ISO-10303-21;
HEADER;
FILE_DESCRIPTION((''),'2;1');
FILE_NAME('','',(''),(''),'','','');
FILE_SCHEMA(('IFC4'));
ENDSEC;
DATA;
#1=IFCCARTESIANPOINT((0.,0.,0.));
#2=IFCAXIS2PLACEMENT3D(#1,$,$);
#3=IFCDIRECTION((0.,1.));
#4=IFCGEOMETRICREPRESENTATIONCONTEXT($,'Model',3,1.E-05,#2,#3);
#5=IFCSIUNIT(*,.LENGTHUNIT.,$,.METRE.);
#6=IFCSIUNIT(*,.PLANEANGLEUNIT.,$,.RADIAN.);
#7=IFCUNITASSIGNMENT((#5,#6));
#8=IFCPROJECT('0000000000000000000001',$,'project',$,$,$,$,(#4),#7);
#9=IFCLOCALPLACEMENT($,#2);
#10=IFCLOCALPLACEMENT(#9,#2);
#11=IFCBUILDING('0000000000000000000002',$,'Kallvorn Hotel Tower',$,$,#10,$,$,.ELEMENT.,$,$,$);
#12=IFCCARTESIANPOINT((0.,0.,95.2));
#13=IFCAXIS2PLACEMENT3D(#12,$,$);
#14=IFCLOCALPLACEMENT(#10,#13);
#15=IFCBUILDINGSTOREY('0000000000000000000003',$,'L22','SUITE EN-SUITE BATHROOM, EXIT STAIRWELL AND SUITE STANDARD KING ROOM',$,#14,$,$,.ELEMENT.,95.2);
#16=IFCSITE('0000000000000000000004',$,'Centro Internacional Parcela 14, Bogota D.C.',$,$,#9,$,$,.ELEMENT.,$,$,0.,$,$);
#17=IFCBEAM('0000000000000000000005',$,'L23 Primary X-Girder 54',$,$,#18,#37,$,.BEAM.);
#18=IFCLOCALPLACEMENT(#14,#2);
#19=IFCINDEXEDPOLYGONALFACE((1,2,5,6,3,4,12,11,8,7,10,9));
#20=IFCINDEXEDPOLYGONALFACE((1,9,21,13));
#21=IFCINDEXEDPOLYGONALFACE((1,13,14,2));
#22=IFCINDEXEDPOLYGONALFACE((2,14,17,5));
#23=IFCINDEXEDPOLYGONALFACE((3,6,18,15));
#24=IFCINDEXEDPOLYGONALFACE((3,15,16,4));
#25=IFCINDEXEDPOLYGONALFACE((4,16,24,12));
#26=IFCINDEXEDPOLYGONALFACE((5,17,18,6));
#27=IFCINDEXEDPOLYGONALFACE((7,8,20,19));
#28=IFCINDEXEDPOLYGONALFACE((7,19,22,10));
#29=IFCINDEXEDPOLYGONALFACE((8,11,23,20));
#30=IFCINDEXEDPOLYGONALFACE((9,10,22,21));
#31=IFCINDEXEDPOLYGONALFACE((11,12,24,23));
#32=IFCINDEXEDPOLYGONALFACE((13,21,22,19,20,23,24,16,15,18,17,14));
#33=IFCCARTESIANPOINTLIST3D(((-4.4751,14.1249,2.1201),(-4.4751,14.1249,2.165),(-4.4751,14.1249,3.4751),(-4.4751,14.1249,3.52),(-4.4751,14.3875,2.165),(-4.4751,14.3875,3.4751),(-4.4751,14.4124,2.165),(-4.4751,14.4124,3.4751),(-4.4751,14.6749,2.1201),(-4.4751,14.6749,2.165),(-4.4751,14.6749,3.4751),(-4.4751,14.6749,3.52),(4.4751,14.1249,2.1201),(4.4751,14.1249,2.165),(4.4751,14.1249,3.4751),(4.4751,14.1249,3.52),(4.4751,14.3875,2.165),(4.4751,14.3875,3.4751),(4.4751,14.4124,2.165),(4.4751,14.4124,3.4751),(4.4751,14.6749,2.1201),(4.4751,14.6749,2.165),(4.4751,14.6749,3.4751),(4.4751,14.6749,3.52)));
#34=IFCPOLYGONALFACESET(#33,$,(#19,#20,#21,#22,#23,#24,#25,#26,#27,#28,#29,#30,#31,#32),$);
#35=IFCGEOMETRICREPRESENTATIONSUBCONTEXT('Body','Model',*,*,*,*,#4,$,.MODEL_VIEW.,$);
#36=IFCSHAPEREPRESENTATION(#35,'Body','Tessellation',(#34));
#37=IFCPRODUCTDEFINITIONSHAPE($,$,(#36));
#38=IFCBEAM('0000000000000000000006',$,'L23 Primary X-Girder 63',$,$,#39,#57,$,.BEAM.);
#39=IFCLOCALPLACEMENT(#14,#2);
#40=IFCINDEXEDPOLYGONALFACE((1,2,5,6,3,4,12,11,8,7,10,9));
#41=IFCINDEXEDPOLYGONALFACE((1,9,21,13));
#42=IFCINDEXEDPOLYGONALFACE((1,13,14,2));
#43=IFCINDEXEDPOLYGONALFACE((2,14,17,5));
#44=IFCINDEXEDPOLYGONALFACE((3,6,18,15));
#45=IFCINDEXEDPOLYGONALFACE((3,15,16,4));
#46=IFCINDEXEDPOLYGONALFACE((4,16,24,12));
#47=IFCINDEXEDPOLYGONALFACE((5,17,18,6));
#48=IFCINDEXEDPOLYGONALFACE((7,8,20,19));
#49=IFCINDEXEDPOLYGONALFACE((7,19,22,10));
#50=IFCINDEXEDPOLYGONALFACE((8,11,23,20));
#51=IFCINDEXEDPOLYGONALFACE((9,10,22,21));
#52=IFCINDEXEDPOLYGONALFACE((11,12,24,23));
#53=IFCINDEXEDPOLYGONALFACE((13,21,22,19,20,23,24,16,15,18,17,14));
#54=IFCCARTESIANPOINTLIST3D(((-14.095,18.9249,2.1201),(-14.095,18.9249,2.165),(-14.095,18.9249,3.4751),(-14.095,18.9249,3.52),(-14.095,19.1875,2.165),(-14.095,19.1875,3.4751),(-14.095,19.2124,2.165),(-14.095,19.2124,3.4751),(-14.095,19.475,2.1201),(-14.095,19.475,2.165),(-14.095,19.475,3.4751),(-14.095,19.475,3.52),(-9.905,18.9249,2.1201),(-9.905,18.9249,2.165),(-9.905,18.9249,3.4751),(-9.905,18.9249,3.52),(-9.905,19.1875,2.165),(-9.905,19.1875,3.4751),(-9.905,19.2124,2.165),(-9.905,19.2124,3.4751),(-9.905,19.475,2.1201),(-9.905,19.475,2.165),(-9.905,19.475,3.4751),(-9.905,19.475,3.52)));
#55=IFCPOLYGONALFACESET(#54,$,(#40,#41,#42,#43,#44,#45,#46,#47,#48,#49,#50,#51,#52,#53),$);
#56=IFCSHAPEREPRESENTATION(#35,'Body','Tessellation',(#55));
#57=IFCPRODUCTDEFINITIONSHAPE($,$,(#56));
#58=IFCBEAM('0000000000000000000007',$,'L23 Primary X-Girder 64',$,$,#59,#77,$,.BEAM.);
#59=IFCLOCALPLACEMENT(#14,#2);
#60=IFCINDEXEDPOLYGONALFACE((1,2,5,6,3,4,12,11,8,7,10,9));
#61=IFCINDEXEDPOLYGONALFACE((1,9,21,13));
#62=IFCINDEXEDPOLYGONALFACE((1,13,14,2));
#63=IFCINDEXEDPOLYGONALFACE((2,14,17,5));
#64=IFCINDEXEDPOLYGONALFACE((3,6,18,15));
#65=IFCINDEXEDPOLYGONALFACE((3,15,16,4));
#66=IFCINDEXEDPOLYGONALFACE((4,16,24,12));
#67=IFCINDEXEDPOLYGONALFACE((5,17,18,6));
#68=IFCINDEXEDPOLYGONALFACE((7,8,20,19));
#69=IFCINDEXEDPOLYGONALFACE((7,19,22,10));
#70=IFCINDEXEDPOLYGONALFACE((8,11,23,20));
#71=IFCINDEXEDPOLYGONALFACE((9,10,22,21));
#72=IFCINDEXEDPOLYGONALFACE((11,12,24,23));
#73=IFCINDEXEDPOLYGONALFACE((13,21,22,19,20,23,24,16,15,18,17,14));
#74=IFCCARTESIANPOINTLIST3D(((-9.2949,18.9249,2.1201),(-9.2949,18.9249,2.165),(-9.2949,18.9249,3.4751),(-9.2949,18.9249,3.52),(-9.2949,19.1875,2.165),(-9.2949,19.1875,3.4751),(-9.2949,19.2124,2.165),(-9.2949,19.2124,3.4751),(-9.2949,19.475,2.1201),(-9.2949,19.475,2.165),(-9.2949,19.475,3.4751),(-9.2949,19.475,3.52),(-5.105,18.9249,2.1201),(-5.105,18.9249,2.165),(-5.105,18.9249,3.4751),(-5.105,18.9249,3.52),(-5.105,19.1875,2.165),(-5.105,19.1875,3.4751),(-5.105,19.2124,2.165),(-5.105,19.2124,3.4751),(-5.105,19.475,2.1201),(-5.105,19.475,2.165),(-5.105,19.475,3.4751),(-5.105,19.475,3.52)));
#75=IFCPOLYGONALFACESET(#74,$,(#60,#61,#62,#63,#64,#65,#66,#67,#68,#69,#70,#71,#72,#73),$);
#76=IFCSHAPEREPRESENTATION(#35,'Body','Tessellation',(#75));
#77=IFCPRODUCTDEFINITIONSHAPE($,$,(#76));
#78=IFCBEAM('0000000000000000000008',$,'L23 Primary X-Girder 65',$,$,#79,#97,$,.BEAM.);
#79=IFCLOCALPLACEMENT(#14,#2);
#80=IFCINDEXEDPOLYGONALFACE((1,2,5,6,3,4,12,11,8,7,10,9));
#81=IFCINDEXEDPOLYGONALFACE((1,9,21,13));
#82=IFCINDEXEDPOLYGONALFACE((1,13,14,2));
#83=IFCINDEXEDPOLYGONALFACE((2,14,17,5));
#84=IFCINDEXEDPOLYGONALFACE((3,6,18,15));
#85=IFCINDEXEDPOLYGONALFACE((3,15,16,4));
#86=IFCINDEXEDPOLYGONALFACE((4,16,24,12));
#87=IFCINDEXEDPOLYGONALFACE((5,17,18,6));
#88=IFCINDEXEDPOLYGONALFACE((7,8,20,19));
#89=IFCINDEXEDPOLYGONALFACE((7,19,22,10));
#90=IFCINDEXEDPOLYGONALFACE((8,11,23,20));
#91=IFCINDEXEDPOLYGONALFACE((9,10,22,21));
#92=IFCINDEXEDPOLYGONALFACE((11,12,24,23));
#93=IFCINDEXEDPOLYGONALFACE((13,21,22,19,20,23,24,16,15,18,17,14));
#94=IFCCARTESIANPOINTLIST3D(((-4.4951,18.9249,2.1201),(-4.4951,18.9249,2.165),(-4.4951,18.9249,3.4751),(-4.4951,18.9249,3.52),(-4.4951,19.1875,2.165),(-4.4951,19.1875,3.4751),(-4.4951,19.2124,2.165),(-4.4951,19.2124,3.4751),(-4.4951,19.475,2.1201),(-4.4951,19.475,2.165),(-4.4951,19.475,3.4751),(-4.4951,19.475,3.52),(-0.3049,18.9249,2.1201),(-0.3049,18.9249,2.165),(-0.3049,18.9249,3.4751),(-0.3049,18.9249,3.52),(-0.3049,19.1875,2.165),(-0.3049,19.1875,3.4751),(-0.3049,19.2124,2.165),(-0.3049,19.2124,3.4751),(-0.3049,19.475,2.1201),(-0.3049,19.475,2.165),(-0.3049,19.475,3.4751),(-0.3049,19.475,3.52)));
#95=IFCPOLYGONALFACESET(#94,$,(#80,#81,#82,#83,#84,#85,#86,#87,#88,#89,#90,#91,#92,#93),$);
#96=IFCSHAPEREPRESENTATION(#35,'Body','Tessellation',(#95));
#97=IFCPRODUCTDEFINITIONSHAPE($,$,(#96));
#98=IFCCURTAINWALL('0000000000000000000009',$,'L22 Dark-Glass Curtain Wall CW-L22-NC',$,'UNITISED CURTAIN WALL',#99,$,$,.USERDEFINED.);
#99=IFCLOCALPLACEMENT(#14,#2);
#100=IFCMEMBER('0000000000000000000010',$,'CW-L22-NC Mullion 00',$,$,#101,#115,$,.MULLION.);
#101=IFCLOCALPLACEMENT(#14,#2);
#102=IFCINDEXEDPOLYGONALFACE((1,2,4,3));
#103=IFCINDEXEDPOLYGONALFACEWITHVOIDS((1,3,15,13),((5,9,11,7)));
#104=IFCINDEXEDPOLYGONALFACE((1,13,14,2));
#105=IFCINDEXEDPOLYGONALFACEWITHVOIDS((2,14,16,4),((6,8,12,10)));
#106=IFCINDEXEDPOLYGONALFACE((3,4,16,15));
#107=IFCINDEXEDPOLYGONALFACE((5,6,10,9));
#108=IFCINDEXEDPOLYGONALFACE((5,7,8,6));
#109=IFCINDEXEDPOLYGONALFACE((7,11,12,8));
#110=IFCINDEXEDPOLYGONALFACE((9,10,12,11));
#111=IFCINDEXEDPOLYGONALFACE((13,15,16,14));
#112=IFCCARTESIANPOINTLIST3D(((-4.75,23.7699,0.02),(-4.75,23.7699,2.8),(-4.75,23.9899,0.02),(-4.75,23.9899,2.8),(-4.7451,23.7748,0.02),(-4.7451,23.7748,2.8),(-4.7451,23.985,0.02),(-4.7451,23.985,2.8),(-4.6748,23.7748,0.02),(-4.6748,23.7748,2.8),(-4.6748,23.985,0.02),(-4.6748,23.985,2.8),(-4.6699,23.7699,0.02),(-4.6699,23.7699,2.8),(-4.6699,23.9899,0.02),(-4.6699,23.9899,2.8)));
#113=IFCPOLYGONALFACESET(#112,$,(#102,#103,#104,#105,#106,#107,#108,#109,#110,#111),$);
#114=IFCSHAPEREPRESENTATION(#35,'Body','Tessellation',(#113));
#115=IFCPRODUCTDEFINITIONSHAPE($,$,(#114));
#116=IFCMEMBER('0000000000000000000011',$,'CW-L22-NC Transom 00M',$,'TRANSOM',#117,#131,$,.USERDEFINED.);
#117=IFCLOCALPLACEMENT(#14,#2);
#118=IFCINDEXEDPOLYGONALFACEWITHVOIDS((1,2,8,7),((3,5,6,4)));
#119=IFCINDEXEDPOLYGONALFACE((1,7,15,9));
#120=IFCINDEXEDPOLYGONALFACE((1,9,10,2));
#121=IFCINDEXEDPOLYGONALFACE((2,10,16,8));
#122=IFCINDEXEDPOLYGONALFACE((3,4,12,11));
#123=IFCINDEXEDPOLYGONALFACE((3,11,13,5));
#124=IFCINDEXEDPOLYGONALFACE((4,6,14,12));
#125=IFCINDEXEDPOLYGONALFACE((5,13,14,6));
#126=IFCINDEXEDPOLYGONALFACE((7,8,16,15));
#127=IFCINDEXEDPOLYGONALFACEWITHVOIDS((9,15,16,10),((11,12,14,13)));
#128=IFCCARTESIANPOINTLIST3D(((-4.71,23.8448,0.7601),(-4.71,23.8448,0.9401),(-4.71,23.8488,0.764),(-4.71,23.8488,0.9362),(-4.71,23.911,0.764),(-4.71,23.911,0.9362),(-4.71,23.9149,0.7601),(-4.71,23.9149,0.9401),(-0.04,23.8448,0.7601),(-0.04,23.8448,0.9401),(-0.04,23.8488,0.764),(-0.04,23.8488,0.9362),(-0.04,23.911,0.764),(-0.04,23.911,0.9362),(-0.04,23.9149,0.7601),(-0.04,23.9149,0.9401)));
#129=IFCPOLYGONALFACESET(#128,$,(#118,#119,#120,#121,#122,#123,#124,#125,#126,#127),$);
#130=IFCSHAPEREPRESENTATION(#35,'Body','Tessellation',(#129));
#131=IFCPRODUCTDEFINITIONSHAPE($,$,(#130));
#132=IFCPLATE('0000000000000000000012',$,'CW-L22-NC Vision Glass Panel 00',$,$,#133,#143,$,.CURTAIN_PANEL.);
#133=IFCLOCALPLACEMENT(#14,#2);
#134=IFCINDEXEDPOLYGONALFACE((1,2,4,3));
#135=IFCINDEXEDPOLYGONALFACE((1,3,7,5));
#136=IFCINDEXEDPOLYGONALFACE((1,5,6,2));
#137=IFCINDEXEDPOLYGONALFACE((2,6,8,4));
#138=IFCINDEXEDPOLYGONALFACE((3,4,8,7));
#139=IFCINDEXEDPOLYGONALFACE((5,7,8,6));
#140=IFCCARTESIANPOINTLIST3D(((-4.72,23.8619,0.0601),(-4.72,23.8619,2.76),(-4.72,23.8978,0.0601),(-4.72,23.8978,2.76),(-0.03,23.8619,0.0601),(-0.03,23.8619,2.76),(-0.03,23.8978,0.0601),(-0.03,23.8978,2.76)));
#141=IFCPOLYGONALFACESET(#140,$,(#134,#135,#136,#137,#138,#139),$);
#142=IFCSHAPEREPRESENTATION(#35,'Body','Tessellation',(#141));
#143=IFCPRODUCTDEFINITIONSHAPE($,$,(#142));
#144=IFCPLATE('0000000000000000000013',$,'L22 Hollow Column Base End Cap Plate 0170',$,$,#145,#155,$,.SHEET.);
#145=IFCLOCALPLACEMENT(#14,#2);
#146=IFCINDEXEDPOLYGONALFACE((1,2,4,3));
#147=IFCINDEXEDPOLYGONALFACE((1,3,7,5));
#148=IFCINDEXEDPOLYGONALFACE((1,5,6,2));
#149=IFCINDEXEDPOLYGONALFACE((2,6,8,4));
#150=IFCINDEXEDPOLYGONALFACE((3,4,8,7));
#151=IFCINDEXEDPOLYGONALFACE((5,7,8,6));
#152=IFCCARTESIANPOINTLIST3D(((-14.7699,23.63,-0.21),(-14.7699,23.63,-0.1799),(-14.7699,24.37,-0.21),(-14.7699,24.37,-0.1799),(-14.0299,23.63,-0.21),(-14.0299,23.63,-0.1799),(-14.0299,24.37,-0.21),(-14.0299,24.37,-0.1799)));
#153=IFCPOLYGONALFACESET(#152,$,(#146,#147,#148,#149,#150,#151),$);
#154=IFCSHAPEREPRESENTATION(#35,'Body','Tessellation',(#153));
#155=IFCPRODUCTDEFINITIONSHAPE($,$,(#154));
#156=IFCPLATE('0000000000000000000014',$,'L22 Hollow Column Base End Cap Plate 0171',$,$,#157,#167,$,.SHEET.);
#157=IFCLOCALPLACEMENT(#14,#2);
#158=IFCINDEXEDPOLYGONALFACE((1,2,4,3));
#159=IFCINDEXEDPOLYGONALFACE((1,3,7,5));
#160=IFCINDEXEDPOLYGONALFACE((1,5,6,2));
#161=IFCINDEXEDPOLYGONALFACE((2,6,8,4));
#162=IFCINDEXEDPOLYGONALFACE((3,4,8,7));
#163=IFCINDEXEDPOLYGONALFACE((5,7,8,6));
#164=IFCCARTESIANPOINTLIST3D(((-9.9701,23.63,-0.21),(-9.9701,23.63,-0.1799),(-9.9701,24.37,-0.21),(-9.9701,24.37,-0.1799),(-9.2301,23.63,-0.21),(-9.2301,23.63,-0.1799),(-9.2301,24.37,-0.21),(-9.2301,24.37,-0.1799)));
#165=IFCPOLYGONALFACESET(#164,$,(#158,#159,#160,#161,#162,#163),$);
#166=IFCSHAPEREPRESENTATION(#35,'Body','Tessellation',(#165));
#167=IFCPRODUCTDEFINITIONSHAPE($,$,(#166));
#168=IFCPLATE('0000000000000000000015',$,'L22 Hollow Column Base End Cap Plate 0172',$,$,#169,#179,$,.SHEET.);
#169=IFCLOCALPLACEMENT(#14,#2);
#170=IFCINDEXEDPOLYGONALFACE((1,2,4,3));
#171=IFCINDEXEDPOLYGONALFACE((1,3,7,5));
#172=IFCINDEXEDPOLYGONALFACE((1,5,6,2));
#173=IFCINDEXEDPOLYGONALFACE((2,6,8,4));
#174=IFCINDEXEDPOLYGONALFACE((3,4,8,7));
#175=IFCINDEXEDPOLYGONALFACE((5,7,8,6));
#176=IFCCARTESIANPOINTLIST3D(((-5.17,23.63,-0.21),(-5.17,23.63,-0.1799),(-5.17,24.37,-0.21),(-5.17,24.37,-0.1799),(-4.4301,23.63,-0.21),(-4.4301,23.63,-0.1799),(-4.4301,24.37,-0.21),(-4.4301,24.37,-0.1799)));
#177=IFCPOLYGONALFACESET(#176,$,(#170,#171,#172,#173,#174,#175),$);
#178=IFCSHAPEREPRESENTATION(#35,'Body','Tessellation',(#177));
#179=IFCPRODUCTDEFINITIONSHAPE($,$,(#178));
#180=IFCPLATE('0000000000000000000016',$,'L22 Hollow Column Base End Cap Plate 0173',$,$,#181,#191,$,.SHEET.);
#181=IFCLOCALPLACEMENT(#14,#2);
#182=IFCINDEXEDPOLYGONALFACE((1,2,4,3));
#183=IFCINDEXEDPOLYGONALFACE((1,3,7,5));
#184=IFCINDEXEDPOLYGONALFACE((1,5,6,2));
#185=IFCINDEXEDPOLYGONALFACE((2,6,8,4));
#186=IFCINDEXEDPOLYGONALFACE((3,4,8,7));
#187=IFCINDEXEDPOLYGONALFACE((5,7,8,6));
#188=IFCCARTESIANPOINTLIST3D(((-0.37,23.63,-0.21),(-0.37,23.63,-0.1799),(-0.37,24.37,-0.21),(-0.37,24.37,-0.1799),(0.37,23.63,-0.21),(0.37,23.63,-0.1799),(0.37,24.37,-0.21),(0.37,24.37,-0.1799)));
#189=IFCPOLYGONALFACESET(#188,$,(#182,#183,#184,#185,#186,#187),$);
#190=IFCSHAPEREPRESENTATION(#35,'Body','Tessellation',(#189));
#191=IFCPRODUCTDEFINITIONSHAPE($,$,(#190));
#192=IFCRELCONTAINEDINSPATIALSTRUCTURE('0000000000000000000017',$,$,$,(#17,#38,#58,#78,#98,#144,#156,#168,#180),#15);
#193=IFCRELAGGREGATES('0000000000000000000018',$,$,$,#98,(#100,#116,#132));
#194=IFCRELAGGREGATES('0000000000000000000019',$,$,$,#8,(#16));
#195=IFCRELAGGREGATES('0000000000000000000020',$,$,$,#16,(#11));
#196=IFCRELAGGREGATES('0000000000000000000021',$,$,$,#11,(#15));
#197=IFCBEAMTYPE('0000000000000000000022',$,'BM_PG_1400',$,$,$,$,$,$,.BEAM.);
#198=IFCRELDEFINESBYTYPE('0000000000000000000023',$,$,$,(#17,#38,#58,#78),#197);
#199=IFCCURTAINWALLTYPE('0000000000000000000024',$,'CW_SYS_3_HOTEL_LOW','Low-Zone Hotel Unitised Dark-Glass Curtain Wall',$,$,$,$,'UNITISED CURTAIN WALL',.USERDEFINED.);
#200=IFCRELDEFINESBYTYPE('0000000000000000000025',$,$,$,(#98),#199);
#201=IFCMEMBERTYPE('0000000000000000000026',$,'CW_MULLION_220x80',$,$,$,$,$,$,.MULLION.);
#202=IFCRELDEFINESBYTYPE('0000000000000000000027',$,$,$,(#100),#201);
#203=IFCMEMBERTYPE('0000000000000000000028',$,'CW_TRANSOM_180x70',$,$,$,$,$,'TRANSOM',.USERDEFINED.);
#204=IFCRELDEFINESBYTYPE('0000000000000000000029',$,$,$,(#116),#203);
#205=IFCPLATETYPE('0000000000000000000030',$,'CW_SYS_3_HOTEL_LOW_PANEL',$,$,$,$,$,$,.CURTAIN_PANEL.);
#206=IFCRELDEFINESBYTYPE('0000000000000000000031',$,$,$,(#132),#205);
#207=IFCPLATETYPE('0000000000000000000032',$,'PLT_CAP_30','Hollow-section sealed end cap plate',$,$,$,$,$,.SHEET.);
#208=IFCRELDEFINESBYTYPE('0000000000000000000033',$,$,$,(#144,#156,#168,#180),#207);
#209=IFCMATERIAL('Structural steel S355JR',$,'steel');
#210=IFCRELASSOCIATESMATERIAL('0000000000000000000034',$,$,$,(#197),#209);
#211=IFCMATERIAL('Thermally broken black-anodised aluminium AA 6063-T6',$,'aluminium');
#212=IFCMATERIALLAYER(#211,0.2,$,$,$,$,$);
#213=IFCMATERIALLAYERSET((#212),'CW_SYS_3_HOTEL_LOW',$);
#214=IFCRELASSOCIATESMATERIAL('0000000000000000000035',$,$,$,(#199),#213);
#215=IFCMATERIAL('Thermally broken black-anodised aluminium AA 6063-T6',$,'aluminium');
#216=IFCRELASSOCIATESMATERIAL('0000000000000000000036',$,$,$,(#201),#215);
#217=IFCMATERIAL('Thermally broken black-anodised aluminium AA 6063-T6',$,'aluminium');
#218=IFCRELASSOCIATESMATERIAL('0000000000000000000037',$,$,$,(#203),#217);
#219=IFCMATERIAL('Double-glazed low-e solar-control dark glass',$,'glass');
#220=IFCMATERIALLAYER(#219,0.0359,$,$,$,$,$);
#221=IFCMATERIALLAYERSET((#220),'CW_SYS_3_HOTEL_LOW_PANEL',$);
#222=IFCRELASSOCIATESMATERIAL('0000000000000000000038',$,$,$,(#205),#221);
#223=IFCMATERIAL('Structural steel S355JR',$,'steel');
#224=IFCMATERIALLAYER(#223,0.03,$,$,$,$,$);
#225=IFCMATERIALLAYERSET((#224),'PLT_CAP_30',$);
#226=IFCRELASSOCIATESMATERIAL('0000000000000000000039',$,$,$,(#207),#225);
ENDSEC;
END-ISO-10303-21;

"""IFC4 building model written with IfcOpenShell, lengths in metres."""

from ifc_helpers import new_model, si_unit, direction, frame, origin, origin_2d, place, context, subcontext, project, spatial, rectangle, hollow_rectangle, i_section, extrude, material, layer, layer_set, material_profile, profile_set, type_object, element, aggregate, save


model = new_model("IFC4")

# Units and contexts
model_context = context("Model", 3, precision=1e-05, world=origin(), true_north=direction((0.0, 1.0)))
body_context = subcontext(model_context, "Body", "Model", "MODEL_VIEW")
ifc_project = project(units=[si_unit("LENGTHUNIT", "METRE"), si_unit("PLANEANGLEUNIT", "RADIAN")], contexts=[model_context])

# Site, building, storey
site_placement = place(None, origin())
site = spatial("IfcSite", under=ifc_project, at=site_placement, Name="Centro Internacional Parcela 14, Bogota D.C.", CompositionType="ELEMENT", RefElevation=0.0)
building_placement = place(site_placement, origin())
building = spatial("IfcBuilding", under=site, at=building_placement, Name="Kallvorn Hotel Tower", CompositionType="ELEMENT")
storey_placement = place(building_placement, frame((0.0, 0.0, 95.2)))
storey = spatial("IfcBuildingStorey", under=building, at=storey_placement, Name="L22", Description="SUITE EN-SUITE BATHROOM, EXIT STAIRWELL AND SUITE STANDARD KING ROOM", CompositionType="ELEMENT", Elevation=95.2)

# Beams
ifc_material_1 = material(Name="Structural steel S355JR", Category="steel")
ifc_material_profile_1 = material_profile(ifc_material_1, i_section(OverallWidth=0.55, OverallDepth=1.3999, WebThickness=0.0249, FlangeThickness=0.0449, at=origin_2d()), Name="PG 1400x550x25x45")
ifc_profile_set_1 = profile_set([ifc_material_profile_1], Name="Structural steel S355JR")
beam_type_1 = type_object("IfcBeamType", Name="BM_PG_1400", PredefinedType="BEAM", material=ifc_profile_set_1)
beam_1_placement = place(storey_placement, frame((-4.4751, 14.3999, 2.8201), z_axis=(1.0, 0.0, 0.0), x_axis=(0.0, 1.0, 0.0)))
element("IfcBeam", 1, at=beam_1_placement, inside=storey, type_object=beam_type_1, Name="L23 Primary X-Girder 54", PredefinedType="BEAM", context=body_context, shape_type="SweptSolid", body=[
    extrude(i_section(OverallWidth=0.55, OverallDepth=1.3999, WebThickness=0.0249, FlangeThickness=0.0449, at=origin_2d()), origin(), (0.0, 0.0, 1.0), 8.9502),
])
for number, where, z_axis, x_axis, name in (
    (2, (-14.095, 19.2, 2.8201), (1.0, 0.0, 0.0), (0.0, 1.0, 0.0), "L23 Primary X-Girder 63"),
    (3, (-9.2949, 19.2, 2.8201), (1.0, 0.0, 0.0), (0.0, 1.0, 0.0), "L23 Primary X-Girder 64"),
):
    element("IfcBeam", number, at=place(storey_placement, frame(where, z_axis=z_axis, x_axis=x_axis)), inside=storey, type_object=beam_type_1, Name=name, PredefinedType="BEAM", context=body_context, shape_type="SweptSolid", body=[
        extrude(i_section(OverallWidth=0.55, OverallDepth=1.3999, WebThickness=0.0249, FlangeThickness=0.0449, at=origin_2d()), origin(), (0.0, 0.0, 1.0), 4.1899),
    ])
beam_2_placement = place(storey_placement, frame((-4.4951, 19.2, 2.8201), z_axis=(1.0, 0.0, 0.0), x_axis=(0.0, 1.0, 0.0)))
element("IfcBeam", 4, at=beam_2_placement, inside=storey, type_object=beam_type_1, Name="L23 Primary X-Girder 65", PredefinedType="BEAM", context=body_context, shape_type="SweptSolid", body=[
    extrude(i_section(OverallWidth=0.55, OverallDepth=1.3999, WebThickness=0.0249, FlangeThickness=0.0449, at=origin_2d()), origin(), (0.0, 0.0, 1.0), 4.1902),
])

# Curtain wall, members, plate
ifc_material_2 = material(Name="Thermally broken black-anodised aluminium AA 6063-T6", Category="aluminium")
ifc_layer_1 = layer(ifc_material_2, 0.2)
ifc_layer_set_1 = layer_set([ifc_layer_1], Name="CW_SYS_3_HOTEL_LOW")
curtain_wall_type = type_object("IfcCurtainWallType", Name="CW_SYS_3_HOTEL_LOW", Description="Low-Zone Hotel Unitised Dark-Glass Curtain Wall", ElementType="UNITISED CURTAIN WALL", PredefinedType="USERDEFINED", material=ifc_layer_set_1)
curtain_wall_placement = place(storey_placement, origin())
curtain_wall = element("IfcCurtainWall", 5, at=curtain_wall_placement, inside=storey, type_object=curtain_wall_type, Name="L22 Dark-Glass Curtain Wall CW-L22-NC", ObjectType="UNITISED CURTAIN WALL", PredefinedType="USERDEFINED")
ifc_material_3 = material(Name="Thermally broken black-anodised aluminium AA 6063-T6", Category="aluminium")
ifc_material_profile_2 = material_profile(ifc_material_3, hollow_rectangle(XDim=0.0801, YDim=0.22, WallThickness=0.0049, at=origin_2d()), Name="MUL 220x80")
ifc_profile_set_2 = profile_set([ifc_material_profile_2], Name="Thermally broken black-anodised aluminium AA 6063-T6")
member_type_1 = type_object("IfcMemberType", Name="CW_MULLION_220x80", PredefinedType="MULLION", material=ifc_profile_set_2)
member_1_placement = place(storey_placement, frame((-4.71, 23.8799, 0.02), z_axis=(0.0, 0.0, 1.0), x_axis=(1.0, 0.0, 0.0)))
member_1 = element("IfcMember", 6, at=member_1_placement, type_object=member_type_1, Name="CW-L22-NC Mullion 00", PredefinedType="MULLION", context=body_context, shape_type="SweptSolid", body=[
    extrude(hollow_rectangle(XDim=0.0801, YDim=0.22, WallThickness=0.0049, at=origin_2d()), origin(), (0.0, 0.0, 1.0), 2.78),
])
ifc_material_4 = material(Name="Thermally broken black-anodised aluminium AA 6063-T6", Category="aluminium")
ifc_material_profile_3 = material_profile(ifc_material_4, hollow_rectangle(XDim=0.0701, YDim=0.1799, WallThickness=0.0039, at=origin_2d()), Name="TRN 180x70")
ifc_profile_set_3 = profile_set([ifc_material_profile_3], Name="Thermally broken black-anodised aluminium AA 6063-T6")
member_type_2 = type_object("IfcMemberType", Name="CW_TRANSOM_180x70", ElementType="TRANSOM", PredefinedType="USERDEFINED", material=ifc_profile_set_3)
member_2_placement = place(storey_placement, frame((-4.71, 23.8799, 0.8501), z_axis=(1.0, 0.0, 0.0), x_axis=(0.0, 1.0, 0.0)))
member_2 = element("IfcMember", 7, at=member_2_placement, type_object=member_type_2, Name="CW-L22-NC Transom 00M", ObjectType="TRANSOM", PredefinedType="USERDEFINED", context=body_context, shape_type="SweptSolid", body=[
    extrude(hollow_rectangle(XDim=0.0701, YDim=0.1799, WallThickness=0.0039, at=origin_2d()), origin(), (0.0, 0.0, 1.0), 4.6699),
])
ifc_material_5 = material(Name="Double-glazed low-e solar-control dark glass", Category="glass")
ifc_layer_2 = layer(ifc_material_5, 0.0359)
ifc_layer_set_2 = layer_set([ifc_layer_2], Name="CW_SYS_3_HOTEL_LOW_PANEL")
plate_type_1 = type_object("IfcPlateType", Name="CW_SYS_3_HOTEL_LOW_PANEL", PredefinedType="CURTAIN_PANEL", material=ifc_layer_set_2)
plate_placement = place(storey_placement, frame((-2.375, 23.8799, 0.0601), z_axis=(0.0, 0.0, 1.0), x_axis=(1.0, 0.0, 0.0)))
plate = element("IfcPlate", 8, at=plate_placement, type_object=plate_type_1, Name="CW-L22-NC Vision Glass Panel 00", PredefinedType="CURTAIN_PANEL", context=body_context, shape_type="SweptSolid", body=[
    extrude(rectangle(XDim=4.6899, YDim=0.0359, at=origin_2d()), origin(), (0.0, 0.0, 1.0), 2.7),
])
aggregate(curtain_wall, [member_1, member_2, plate])

# Plates
ifc_material_6 = material(Name="Structural steel S355JR", Category="steel")
ifc_layer_3 = layer(ifc_material_6, 0.03)
ifc_layer_set_3 = layer_set([ifc_layer_3], Name="PLT_CAP_30")
plate_type_2 = type_object("IfcPlateType", Name="PLT_CAP_30", Description="Hollow-section sealed end cap plate", PredefinedType="SHEET", material=ifc_layer_set_3)
for number, where, z_axis, x_axis, name in (
    (9, (-14.3999, 24.0, -0.21), (0.0, 0.0, 1.0), (1.0, 0.0, 0.0), "L22 Hollow Column Base End Cap Plate 0170"),
    (10, (-9.6001, 24.0, -0.21), (0.0, 0.0, 1.0), (1.0, 0.0, 0.0), "L22 Hollow Column Base End Cap Plate 0171"),
    (11, (-4.8, 24.0, -0.21), (0.0, 0.0, 1.0), (1.0, 0.0, 0.0), "L22 Hollow Column Base End Cap Plate 0172"),
    (12, (0.0, 24.0, -0.21), (0.0, 0.0, 1.0), (1.0, 0.0, 0.0), "L22 Hollow Column Base End Cap Plate 0173"),
):
    element("IfcPlate", number, at=place(storey_placement, frame(where, z_axis=z_axis, x_axis=x_axis)), inside=storey, type_object=plate_type_2, Name=name, PredefinedType="SHEET", context=body_context, shape_type="SweptSolid", body=[
        extrude(rectangle(XDim=0.74, YDim=0.74, at=origin_2d()), origin(), (0.0, 0.0, 1.0), 0.03),
    ])

save(model, "model.ifc")
